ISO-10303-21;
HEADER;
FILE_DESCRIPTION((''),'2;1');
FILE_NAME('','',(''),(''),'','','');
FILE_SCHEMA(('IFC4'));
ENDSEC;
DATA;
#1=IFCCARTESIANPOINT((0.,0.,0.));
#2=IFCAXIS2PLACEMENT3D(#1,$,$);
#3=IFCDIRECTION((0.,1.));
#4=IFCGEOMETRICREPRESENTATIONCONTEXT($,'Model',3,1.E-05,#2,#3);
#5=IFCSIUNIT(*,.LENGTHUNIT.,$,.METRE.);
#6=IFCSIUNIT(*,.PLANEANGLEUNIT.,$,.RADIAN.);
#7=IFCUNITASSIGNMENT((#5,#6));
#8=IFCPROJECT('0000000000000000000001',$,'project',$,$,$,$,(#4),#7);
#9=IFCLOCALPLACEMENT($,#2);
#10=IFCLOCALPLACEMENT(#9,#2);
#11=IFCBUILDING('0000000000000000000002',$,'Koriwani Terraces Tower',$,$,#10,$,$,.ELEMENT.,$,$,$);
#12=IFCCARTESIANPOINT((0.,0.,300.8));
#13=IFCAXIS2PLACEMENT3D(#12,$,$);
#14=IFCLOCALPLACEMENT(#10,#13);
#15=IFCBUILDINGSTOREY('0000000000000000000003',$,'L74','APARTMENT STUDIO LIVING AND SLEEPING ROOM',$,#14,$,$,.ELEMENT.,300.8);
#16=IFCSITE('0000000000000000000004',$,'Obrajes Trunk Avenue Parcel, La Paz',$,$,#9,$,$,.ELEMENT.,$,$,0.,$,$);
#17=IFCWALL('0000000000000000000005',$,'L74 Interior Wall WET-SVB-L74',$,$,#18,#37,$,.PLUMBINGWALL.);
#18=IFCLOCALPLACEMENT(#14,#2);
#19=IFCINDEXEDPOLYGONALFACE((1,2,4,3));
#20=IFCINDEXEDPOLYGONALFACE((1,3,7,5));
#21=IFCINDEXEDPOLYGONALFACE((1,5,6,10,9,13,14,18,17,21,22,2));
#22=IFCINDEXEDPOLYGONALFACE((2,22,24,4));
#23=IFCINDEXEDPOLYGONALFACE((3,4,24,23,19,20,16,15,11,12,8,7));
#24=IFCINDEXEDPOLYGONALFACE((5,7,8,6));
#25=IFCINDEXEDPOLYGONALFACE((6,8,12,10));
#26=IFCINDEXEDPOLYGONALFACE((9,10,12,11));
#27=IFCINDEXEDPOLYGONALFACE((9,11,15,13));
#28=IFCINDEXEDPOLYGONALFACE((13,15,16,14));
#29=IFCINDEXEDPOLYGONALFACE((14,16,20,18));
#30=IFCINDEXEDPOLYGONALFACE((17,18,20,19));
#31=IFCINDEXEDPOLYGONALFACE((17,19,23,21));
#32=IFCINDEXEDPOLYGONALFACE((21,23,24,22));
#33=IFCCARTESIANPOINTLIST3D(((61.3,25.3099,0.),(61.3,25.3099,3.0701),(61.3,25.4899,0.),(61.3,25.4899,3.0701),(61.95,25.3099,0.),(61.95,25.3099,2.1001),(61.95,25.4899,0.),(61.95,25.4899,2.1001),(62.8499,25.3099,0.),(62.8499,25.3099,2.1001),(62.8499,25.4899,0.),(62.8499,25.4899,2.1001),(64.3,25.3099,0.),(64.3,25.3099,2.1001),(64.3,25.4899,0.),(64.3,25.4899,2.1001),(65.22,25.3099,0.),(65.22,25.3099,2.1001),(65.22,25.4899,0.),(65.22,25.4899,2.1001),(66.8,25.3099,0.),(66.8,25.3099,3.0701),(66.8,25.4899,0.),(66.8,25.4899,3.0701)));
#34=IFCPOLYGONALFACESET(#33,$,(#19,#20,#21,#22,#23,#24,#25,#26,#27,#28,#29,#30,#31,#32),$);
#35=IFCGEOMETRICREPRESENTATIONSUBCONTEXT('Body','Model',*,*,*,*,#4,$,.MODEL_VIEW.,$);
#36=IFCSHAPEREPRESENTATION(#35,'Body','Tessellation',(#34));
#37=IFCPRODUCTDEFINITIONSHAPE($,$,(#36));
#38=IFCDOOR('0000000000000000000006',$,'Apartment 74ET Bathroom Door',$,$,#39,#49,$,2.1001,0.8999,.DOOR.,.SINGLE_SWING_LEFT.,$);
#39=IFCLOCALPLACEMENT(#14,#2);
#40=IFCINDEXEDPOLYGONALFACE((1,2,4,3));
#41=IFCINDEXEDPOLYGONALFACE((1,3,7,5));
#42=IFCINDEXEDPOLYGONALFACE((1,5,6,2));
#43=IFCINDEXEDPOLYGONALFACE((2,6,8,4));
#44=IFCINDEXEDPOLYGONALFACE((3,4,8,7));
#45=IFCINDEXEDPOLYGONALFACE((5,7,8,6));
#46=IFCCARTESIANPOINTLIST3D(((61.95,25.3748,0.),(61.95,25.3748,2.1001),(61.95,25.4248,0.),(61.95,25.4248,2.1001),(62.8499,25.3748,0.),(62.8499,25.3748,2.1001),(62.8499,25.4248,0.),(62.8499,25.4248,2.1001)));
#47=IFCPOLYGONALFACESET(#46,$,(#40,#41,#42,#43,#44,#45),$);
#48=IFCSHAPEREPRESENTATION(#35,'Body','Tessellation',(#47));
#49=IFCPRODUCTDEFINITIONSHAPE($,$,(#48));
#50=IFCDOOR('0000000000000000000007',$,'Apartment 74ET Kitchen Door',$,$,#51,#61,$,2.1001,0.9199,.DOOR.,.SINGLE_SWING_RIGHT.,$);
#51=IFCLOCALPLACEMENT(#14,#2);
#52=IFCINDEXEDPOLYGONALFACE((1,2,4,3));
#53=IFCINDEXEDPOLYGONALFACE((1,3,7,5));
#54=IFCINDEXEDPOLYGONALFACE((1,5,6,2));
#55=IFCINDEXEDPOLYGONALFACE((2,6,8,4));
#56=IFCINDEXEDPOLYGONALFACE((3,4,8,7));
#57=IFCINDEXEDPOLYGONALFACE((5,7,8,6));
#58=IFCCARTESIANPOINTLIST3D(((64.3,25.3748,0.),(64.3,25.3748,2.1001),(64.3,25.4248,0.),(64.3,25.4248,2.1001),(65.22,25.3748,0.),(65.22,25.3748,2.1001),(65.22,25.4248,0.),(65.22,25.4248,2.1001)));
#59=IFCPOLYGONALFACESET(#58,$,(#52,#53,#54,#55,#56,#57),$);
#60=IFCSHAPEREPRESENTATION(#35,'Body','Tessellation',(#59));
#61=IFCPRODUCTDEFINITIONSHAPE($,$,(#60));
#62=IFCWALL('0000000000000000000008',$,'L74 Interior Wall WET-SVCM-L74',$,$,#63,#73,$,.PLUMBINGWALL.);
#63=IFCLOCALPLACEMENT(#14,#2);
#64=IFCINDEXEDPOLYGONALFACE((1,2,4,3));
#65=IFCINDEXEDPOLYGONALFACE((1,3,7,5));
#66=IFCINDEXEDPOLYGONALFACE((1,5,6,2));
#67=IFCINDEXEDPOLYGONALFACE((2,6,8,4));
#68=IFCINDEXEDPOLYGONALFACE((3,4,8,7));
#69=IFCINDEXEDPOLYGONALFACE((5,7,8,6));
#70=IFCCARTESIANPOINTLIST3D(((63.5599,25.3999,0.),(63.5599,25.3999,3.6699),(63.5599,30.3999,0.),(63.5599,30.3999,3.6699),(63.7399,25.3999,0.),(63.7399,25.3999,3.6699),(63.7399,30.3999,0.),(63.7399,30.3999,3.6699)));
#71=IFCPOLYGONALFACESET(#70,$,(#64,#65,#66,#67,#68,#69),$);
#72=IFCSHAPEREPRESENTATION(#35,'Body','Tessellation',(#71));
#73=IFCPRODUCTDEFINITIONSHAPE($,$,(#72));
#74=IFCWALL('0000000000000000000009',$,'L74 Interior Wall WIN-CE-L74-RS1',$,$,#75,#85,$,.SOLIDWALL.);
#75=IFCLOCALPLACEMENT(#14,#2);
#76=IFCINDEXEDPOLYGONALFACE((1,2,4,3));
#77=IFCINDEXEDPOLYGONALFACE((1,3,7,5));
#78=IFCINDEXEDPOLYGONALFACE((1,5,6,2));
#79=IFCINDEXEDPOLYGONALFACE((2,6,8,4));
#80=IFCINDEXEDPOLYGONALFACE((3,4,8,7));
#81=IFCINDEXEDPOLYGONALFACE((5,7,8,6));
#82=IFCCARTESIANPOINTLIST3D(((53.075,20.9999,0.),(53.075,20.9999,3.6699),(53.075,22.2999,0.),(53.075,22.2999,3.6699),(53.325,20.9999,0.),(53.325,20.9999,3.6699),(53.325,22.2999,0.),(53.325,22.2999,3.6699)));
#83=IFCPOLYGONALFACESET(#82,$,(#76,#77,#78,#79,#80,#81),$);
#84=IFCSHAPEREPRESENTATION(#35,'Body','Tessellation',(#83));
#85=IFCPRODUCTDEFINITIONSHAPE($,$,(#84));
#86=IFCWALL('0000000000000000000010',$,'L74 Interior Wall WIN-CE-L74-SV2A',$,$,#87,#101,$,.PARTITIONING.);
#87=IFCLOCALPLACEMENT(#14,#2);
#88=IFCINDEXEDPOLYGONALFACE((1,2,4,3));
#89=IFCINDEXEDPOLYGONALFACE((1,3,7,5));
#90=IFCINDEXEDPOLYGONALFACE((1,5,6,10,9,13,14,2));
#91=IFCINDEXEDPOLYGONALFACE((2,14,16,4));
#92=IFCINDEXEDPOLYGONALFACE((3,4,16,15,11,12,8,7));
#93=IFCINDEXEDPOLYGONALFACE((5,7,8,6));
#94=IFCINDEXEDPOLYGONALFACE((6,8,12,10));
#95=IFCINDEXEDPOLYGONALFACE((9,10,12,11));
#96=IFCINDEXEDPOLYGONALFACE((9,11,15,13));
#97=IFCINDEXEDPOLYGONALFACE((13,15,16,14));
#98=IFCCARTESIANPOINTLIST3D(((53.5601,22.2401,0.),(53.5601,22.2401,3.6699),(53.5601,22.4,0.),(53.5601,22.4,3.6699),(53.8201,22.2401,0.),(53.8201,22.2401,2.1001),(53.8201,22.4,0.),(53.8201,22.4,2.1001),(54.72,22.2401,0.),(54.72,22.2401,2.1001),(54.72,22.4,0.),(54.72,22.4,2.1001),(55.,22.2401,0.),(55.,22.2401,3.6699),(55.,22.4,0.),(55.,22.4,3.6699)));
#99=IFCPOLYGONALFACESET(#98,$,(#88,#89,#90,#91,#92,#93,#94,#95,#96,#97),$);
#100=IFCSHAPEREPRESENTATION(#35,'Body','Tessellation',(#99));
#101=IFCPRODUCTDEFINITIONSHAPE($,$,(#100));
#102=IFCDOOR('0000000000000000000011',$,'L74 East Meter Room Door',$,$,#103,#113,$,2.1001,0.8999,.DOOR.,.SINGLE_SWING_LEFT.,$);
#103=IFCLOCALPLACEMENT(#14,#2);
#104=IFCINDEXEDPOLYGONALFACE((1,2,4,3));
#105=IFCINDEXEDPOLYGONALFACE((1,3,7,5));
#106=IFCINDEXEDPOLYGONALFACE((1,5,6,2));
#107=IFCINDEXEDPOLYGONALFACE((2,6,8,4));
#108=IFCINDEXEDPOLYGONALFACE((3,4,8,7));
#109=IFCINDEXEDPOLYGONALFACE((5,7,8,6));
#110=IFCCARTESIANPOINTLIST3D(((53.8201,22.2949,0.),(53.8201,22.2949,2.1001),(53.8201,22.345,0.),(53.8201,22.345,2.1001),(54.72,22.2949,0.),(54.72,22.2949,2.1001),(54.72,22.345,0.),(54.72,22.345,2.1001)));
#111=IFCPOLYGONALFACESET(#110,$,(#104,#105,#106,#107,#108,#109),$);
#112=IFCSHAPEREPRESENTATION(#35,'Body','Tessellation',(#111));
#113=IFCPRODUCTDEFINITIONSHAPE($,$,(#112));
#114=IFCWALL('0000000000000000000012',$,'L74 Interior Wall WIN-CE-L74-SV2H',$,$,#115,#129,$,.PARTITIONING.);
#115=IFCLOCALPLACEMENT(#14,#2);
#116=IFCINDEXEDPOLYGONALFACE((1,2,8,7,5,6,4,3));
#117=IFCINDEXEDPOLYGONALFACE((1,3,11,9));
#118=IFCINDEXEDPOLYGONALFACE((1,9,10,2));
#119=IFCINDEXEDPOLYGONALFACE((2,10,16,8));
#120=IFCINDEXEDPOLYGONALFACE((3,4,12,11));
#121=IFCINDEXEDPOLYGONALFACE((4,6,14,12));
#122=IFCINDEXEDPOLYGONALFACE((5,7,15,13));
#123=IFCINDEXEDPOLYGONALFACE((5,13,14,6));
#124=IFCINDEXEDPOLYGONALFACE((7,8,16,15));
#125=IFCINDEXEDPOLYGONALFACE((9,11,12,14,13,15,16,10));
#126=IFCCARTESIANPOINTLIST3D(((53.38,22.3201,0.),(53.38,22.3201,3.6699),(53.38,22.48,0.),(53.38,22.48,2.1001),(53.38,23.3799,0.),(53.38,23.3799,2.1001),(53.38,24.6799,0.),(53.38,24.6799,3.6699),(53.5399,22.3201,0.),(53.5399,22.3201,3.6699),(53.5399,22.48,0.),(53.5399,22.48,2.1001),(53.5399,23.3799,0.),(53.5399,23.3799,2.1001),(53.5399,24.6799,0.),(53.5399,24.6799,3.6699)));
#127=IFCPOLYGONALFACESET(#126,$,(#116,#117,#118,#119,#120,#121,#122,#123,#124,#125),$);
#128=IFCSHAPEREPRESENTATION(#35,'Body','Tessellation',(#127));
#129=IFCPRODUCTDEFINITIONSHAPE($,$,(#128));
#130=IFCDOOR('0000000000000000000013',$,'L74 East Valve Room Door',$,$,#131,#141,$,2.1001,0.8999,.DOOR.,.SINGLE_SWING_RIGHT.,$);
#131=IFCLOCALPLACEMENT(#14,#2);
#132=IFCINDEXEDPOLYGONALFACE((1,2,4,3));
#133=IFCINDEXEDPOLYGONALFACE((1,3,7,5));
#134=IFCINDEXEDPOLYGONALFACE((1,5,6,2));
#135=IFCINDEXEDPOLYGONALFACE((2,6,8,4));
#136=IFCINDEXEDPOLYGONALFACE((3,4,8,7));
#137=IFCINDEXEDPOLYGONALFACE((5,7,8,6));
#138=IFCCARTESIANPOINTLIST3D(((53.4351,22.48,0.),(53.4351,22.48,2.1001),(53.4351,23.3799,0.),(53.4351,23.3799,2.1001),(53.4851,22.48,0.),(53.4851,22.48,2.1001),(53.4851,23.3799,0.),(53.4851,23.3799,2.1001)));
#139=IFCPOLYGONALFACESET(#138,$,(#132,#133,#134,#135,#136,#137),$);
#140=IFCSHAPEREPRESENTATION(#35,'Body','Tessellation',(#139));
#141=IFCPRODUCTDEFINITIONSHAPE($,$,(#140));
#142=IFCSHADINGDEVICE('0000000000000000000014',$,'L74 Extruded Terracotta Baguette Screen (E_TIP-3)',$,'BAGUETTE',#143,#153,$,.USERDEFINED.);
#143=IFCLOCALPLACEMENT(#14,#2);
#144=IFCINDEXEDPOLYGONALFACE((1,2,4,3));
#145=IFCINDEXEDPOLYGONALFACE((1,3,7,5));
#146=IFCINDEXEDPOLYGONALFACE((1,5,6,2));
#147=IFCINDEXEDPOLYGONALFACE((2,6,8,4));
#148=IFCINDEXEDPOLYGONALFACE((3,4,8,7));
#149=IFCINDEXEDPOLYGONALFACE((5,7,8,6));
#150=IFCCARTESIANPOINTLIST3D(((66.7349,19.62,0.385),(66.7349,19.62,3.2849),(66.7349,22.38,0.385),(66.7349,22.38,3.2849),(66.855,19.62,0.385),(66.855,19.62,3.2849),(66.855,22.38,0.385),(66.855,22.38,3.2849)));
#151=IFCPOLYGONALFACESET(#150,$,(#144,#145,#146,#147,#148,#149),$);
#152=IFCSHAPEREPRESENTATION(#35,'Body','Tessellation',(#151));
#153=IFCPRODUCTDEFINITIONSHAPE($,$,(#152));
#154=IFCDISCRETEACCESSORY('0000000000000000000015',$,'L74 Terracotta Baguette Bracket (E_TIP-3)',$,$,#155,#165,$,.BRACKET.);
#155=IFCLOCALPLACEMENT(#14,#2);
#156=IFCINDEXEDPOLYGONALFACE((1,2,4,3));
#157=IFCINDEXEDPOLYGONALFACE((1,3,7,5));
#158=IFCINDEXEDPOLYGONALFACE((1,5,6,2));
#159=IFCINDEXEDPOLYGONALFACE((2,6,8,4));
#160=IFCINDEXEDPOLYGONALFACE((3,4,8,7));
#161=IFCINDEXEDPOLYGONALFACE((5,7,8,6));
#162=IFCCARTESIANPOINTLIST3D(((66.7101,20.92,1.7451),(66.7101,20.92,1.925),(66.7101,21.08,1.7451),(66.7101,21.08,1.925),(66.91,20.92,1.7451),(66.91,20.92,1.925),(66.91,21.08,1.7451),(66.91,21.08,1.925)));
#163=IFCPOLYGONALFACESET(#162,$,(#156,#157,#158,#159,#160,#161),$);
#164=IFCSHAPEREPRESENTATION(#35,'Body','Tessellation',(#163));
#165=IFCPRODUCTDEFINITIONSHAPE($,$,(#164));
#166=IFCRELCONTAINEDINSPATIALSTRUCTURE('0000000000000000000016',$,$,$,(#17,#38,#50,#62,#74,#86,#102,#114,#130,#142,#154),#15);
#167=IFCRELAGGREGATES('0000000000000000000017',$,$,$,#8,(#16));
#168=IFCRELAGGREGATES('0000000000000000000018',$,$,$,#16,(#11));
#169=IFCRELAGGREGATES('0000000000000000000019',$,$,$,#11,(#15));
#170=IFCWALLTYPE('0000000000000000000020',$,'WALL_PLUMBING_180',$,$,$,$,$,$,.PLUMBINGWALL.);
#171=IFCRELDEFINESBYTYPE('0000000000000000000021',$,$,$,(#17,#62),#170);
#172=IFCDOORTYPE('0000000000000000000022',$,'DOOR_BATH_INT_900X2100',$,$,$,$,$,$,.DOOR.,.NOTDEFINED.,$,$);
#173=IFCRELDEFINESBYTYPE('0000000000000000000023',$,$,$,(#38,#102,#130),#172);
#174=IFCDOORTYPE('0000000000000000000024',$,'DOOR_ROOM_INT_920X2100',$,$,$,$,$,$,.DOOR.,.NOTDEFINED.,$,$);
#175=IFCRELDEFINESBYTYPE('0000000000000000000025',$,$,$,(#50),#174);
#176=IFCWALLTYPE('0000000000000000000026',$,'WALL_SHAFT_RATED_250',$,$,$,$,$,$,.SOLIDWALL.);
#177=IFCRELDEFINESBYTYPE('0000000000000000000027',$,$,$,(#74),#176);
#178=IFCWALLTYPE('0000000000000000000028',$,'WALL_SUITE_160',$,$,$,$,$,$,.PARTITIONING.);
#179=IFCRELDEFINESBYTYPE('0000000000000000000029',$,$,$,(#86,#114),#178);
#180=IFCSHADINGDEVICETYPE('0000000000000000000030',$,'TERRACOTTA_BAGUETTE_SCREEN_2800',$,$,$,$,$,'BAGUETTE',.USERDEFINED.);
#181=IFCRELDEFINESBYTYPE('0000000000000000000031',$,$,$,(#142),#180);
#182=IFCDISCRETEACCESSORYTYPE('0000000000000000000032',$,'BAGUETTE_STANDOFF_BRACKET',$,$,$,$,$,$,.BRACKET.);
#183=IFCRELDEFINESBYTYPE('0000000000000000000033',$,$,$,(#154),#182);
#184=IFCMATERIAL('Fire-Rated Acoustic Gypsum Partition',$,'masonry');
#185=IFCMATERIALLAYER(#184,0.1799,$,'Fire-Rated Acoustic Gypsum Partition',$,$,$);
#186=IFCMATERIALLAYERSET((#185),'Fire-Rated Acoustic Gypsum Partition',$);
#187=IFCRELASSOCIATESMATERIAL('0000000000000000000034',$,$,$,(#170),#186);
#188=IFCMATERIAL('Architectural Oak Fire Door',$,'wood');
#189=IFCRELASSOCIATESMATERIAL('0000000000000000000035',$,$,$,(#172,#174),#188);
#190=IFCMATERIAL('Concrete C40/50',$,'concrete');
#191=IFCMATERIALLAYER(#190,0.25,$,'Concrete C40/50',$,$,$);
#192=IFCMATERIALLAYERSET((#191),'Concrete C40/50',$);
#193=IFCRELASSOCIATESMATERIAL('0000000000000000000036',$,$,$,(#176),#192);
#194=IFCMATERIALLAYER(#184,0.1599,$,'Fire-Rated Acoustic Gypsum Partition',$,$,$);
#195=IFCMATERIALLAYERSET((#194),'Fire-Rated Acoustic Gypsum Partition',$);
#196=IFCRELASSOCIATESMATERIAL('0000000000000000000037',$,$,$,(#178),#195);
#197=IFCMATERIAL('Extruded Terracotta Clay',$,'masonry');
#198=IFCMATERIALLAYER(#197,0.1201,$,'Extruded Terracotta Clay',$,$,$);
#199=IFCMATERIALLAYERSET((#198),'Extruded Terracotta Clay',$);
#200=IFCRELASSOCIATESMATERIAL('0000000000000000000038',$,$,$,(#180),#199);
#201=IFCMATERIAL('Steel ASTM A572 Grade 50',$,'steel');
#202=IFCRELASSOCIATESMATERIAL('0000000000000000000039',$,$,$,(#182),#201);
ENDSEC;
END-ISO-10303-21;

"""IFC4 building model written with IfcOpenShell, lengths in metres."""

from ifc_helpers import new_model, si_unit, direction, frame, frame_2d, origin, origin_2d, place, context, subcontext, project, spatial, rectangle, extrude, material, layer, layer_set, type_object, element, fill, save


model = new_model("IFC4")

# Units and contexts
model_context = context("Model", 3, precision=1e-05, world=origin(), true_north=direction((0.0, 1.0)))
body_context = subcontext(model_context, "Body", "Model", "MODEL_VIEW")
ifc_project = project(units=[si_unit("LENGTHUNIT", "METRE"), si_unit("PLANEANGLEUNIT", "RADIAN")], contexts=[model_context])

# Site, building, storey
site_placement = place(None, origin())
site = spatial("IfcSite", under=ifc_project, at=site_placement, Name="Obrajes Trunk Avenue Parcel, La Paz", CompositionType="ELEMENT", RefElevation=0.0)
building_placement = place(site_placement, origin())
building = spatial("IfcBuilding", under=site, at=building_placement, Name="Koriwani Terraces Tower", CompositionType="ELEMENT")
storey_placement = place(building_placement, frame((0.0, 0.0, 300.8)))
storey = spatial("IfcBuildingStorey", under=building, at=storey_placement, Name="L74", Description="APARTMENT STUDIO LIVING AND SLEEPING ROOM", CompositionType="ELEMENT", Elevation=300.8)

# Shared definitions
ifc_material_1 = material(Name="Concrete C40/50", Category="concrete")
ifc_material_2 = material(Name="Steel ASTM A572 Grade 50", Category="steel")

# Wall, openings, doors
ifc_material_3 = material(Name="Fire-Rated Acoustic Gypsum Partition", Category="masonry")
ifc_layer_1 = layer(ifc_material_3, 0.1799, Name="Fire-Rated Acoustic Gypsum Partition")
ifc_layer_set_1 = layer_set([ifc_layer_1], Name="Fire-Rated Acoustic Gypsum Partition")
wall_type_1 = type_object("IfcWallType", Name="WALL_PLUMBING_180", PredefinedType="PLUMBINGWALL", material=ifc_layer_set_1)
wall_1_placement = place(storey_placement, frame((61.3, 25.3999, 0.0), z_axis=(0.0, 0.0, 1.0), x_axis=(1.0, 0.0, 0.0)))
wall_1 = element("IfcWall", 1, at=wall_1_placement, inside=storey, type_object=wall_type_1, Name="L74 Interior Wall WET-SVB-L74", PredefinedType="PLUMBINGWALL", context=body_context, shape_type="SweptSolid", body=[
    extrude(rectangle(XDim=5.5, YDim=0.1799, at=frame_2d((2.75, 0.0))), origin(), (0.0, 0.0, 1.0), 3.0701),
])
opening_1_placement = place(wall_1_placement, frame((0.6499, 0.0, 0.0)))
opening_1 = element("IfcOpeningElement", 2, at=opening_1_placement, cuts=wall_1, PredefinedType="OPENING", context=body_context, shape_type="SweptSolid", body=[
    extrude(rectangle(XDim=0.8999, YDim=2.1001, at=frame_2d((0.45, 1.05))), frame((0.0, 0.1001, 0.0), z_axis=(0.0, -1.0, 0.0), x_axis=(1.0, 0.0, 0.0)), (0.0, 0.0, 1.0), 0.2),
])
opening_2_placement = place(wall_1_placement, frame((3.0, 0.0, 0.0)))
opening_2 = element("IfcOpeningElement", 3, at=opening_2_placement, cuts=wall_1, PredefinedType="OPENING", context=body_context, shape_type="SweptSolid", body=[
    extrude(rectangle(XDim=0.9199, YDim=2.1001, at=frame_2d((0.46, 1.05))), frame((0.0, 0.1001, 0.0), z_axis=(0.0, -1.0, 0.0), x_axis=(1.0, 0.0, 0.0)), (0.0, 0.0, 1.0), 0.2),
])
ifc_material_4 = material(Name="Architectural Oak Fire Door", Category="wood")
door_type_1 = type_object("IfcDoorType", Name="DOOR_BATH_INT_900X2100", OperationType="NOTDEFINED", PredefinedType="DOOR", material=ifc_material_4)
door_1_placement = place(opening_1_placement, origin())
door_1 = element("IfcDoor", 4, at=door_1_placement, inside=storey, type_object=door_type_1, Name="Apartment 74ET Bathroom Door", OperationType="SINGLE_SWING_LEFT", OverallHeight=2.1001, OverallWidth=0.8999, PredefinedType="DOOR", context=body_context, shape_type="SweptSolid", body=[
    extrude(rectangle(XDim=0.8999, YDim=2.1001, at=frame_2d((0.45, 1.05))), frame((0.0, 0.0249, 0.0), z_axis=(0.0, -1.0, 0.0), x_axis=(1.0, 0.0, 0.0)), (0.0, 0.0, 1.0), 0.05),
])
fill(opening_1, door_1)
door_type_2 = type_object("IfcDoorType", Name="DOOR_ROOM_INT_920X2100", OperationType="NOTDEFINED", PredefinedType="DOOR", material=ifc_material_4)
door_2_placement = place(opening_2_placement, origin())
door_2 = element("IfcDoor", 5, at=door_2_placement, inside=storey, type_object=door_type_2, Name="Apartment 74ET Kitchen Door", OperationType="SINGLE_SWING_RIGHT", OverallHeight=2.1001, OverallWidth=0.9199, PredefinedType="DOOR", context=body_context, shape_type="SweptSolid", body=[
    extrude(rectangle(XDim=0.9199, YDim=2.1001, at=frame_2d((0.46, 1.05))), frame((0.0, 0.0249, 0.0), z_axis=(0.0, -1.0, 0.0), x_axis=(1.0, 0.0, 0.0)), (0.0, 0.0, 1.0), 0.05),
])
fill(opening_2, door_2)

# Wall
wall_2_placement = place(storey_placement, frame((63.6499, 25.3999, 0.0), z_axis=(0.0, 0.0, 1.0), x_axis=(0.0, 1.0, 0.0)))
element("IfcWall", 6, at=wall_2_placement, inside=storey, type_object=wall_type_1, Name="L74 Interior Wall WET-SVCM-L74", PredefinedType="PLUMBINGWALL", context=body_context, shape_type="SweptSolid", body=[
    extrude(rectangle(XDim=5.0, YDim=0.1799, at=frame_2d((2.5, 0.0))), origin(), (0.0, 0.0, 1.0), 3.6699),
])

# Shared definitions
ifc_layer_2 = layer(ifc_material_1, 0.25, Name="Concrete C40/50")
ifc_layer_set_2 = layer_set([ifc_layer_2], Name="Concrete C40/50")
wall_type_2 = type_object("IfcWallType", Name="WALL_SHAFT_RATED_250", PredefinedType="SOLIDWALL", material=ifc_layer_set_2)

# Wall
wall_3_placement = place(storey_placement, frame((53.2, 21.0, 0.0), z_axis=(0.0, 0.0, 1.0), x_axis=(0.0, 1.0, 0.0)))
element("IfcWall", 7, at=wall_3_placement, inside=storey, type_object=wall_type_2, Name="L74 Interior Wall WIN-CE-L74-RS1", PredefinedType="SOLIDWALL", context=body_context, shape_type="SweptSolid", body=[
    extrude(rectangle(XDim=1.3, YDim=0.25, at=frame_2d((0.6499, 0.0))), origin(), (0.0, 0.0, 1.0), 3.6699),
])

# Walls, openings, doors
ifc_layer_3 = layer(ifc_material_3, 0.1599, Name="Fire-Rated Acoustic Gypsum Partition")
ifc_layer_set_3 = layer_set([ifc_layer_3], Name="Fire-Rated Acoustic Gypsum Partition")
wall_type_3 = type_object("IfcWallType", Name="WALL_SUITE_160", PredefinedType="PARTITIONING", material=ifc_layer_set_3)
wall_4_placement = place(storey_placement, frame((53.5601, 22.3201, 0.0), z_axis=(0.0, 0.0, 1.0), x_axis=(1.0, 0.0, 0.0)))
wall_4 = element("IfcWall", 8, at=wall_4_placement, inside=storey, type_object=wall_type_3, Name="L74 Interior Wall WIN-CE-L74-SV2A", PredefinedType="PARTITIONING", context=body_context, shape_type="SweptSolid", body=[
    extrude(rectangle(XDim=1.4399, YDim=0.1599, at=frame_2d((0.72, 0.0))), origin(), (0.0, 0.0, 1.0), 3.6699),
])
opening_3_placement = place(wall_4_placement, frame((0.26, 0.0, 0.0)))
opening_3 = element("IfcOpeningElement", 9, at=opening_3_placement, cuts=wall_4, PredefinedType="OPENING", context=body_context, shape_type="SweptSolid", body=[
    extrude(rectangle(XDim=0.8999, YDim=2.1001, at=frame_2d((0.45, 1.05))), frame((0.0, 0.0898, 0.0), z_axis=(0.0, -1.0, 0.0), x_axis=(1.0, 0.0, 0.0)), (0.0, 0.0, 1.0), 0.1799),
])
door_3_placement = place(opening_3_placement, origin())
door_3 = element("IfcDoor", 10, at=door_3_placement, inside=storey, type_object=door_type_1, Name="L74 East Meter Room Door", OperationType="SINGLE_SWING_LEFT", OverallHeight=2.1001, OverallWidth=0.8999, PredefinedType="DOOR", context=body_context, shape_type="SweptSolid", body=[
    extrude(rectangle(XDim=0.8999, YDim=2.1001, at=frame_2d((0.45, 1.05))), frame((0.0, 0.0249, 0.0), z_axis=(0.0, -1.0, 0.0), x_axis=(1.0, 0.0, 0.0)), (0.0, 0.0, 1.0), 0.05),
])
fill(opening_3, door_3)
wall_5_placement = place(storey_placement, frame((53.46, 22.3201, 0.0), z_axis=(0.0, 0.0, 1.0), x_axis=(0.0, 1.0, 0.0)))
wall_5 = element("IfcWall", 11, at=wall_5_placement, inside=storey, type_object=wall_type_3, Name="L74 Interior Wall WIN-CE-L74-SV2H", PredefinedType="PARTITIONING", context=body_context, shape_type="SweptSolid", body=[
    extrude(rectangle(XDim=2.3599, YDim=0.1599, at=frame_2d((1.1799, 0.0))), origin(), (0.0, 0.0, 1.0), 3.6699),
])
opening_4_placement = place(wall_5_placement, frame((0.1599, 0.0, 0.0)))
opening_4 = element("IfcOpeningElement", 12, at=opening_4_placement, cuts=wall_5, PredefinedType="OPENING", context=body_context, shape_type="SweptSolid", body=[
    extrude(rectangle(XDim=0.8999, YDim=2.1001, at=frame_2d((0.45, 1.05))), frame((0.0, 0.0898, 0.0), z_axis=(0.0, -1.0, 0.0), x_axis=(1.0, 0.0, 0.0)), (0.0, 0.0, 1.0), 0.1799),
])
door_4_placement = place(opening_4_placement, origin())
door_4 = element("IfcDoor", 13, at=door_4_placement, inside=storey, type_object=door_type_1, Name="L74 East Valve Room Door", OperationType="SINGLE_SWING_RIGHT", OverallHeight=2.1001, OverallWidth=0.8999, PredefinedType="DOOR", context=body_context, shape_type="SweptSolid", body=[
    extrude(rectangle(XDim=0.8999, YDim=2.1001, at=frame_2d((0.45, 1.05))), frame((0.0, 0.0249, 0.0), z_axis=(0.0, -1.0, 0.0), x_axis=(1.0, 0.0, 0.0)), (0.0, 0.0, 1.0), 0.05),
])
fill(opening_4, door_4)

# Shading device
ifc_material_5 = material(Name="Extruded Terracotta Clay", Category="masonry")
ifc_layer_4 = layer(ifc_material_5, 0.1201, Name="Extruded Terracotta Clay")
ifc_layer_set_4 = layer_set([ifc_layer_4], Name="Extruded Terracotta Clay")
shading_device_type = type_object("IfcShadingDeviceType", Name="TERRACOTTA_BAGUETTE_SCREEN_2800", ElementType="BAGUETTE", PredefinedType="USERDEFINED", material=ifc_layer_set_4)
shading_device_placement = place(storey_placement, frame((66.7949, 21.0, 0.385), z_axis=(0.0, 0.0, 1.0), x_axis=(0.0, -1.0, 0.0)))
element("IfcShadingDevice", 14, at=shading_device_placement, inside=storey, type_object=shading_device_type, Name="L74 Extruded Terracotta Baguette Screen (E_TIP-3)", ObjectType="BAGUETTE", PredefinedType="USERDEFINED", context=body_context, shape_type="SweptSolid", body=[
    extrude(rectangle(XDim=2.76, YDim=0.1201, at=origin_2d()), origin(), (0.0, 0.0, 1.0), 2.8999),
])

# Discrete accessory
discrete_accessory_type = type_object("IfcDiscreteAccessoryType", Name="BAGUETTE_STANDOFF_BRACKET", PredefinedType="BRACKET", material=ifc_material_2)
discrete_accessory_placement = place(storey_placement, frame((66.8101, 21.0, 1.7451), z_axis=(0.0, 0.0, 1.0), x_axis=(0.0, -1.0, 0.0)))
element("IfcDiscreteAccessory", 15, at=discrete_accessory_placement, inside=storey, type_object=discrete_accessory_type, Name="L74 Terracotta Baguette Bracket (E_TIP-3)", PredefinedType="BRACKET", context=body_context, shape_type="SweptSolid", body=[
    extrude(rectangle(XDim=0.1599, YDim=0.2, at=origin_2d()), origin(), (0.0, 0.0, 1.0), 0.1799),
])

save(model, "model.ifc")
